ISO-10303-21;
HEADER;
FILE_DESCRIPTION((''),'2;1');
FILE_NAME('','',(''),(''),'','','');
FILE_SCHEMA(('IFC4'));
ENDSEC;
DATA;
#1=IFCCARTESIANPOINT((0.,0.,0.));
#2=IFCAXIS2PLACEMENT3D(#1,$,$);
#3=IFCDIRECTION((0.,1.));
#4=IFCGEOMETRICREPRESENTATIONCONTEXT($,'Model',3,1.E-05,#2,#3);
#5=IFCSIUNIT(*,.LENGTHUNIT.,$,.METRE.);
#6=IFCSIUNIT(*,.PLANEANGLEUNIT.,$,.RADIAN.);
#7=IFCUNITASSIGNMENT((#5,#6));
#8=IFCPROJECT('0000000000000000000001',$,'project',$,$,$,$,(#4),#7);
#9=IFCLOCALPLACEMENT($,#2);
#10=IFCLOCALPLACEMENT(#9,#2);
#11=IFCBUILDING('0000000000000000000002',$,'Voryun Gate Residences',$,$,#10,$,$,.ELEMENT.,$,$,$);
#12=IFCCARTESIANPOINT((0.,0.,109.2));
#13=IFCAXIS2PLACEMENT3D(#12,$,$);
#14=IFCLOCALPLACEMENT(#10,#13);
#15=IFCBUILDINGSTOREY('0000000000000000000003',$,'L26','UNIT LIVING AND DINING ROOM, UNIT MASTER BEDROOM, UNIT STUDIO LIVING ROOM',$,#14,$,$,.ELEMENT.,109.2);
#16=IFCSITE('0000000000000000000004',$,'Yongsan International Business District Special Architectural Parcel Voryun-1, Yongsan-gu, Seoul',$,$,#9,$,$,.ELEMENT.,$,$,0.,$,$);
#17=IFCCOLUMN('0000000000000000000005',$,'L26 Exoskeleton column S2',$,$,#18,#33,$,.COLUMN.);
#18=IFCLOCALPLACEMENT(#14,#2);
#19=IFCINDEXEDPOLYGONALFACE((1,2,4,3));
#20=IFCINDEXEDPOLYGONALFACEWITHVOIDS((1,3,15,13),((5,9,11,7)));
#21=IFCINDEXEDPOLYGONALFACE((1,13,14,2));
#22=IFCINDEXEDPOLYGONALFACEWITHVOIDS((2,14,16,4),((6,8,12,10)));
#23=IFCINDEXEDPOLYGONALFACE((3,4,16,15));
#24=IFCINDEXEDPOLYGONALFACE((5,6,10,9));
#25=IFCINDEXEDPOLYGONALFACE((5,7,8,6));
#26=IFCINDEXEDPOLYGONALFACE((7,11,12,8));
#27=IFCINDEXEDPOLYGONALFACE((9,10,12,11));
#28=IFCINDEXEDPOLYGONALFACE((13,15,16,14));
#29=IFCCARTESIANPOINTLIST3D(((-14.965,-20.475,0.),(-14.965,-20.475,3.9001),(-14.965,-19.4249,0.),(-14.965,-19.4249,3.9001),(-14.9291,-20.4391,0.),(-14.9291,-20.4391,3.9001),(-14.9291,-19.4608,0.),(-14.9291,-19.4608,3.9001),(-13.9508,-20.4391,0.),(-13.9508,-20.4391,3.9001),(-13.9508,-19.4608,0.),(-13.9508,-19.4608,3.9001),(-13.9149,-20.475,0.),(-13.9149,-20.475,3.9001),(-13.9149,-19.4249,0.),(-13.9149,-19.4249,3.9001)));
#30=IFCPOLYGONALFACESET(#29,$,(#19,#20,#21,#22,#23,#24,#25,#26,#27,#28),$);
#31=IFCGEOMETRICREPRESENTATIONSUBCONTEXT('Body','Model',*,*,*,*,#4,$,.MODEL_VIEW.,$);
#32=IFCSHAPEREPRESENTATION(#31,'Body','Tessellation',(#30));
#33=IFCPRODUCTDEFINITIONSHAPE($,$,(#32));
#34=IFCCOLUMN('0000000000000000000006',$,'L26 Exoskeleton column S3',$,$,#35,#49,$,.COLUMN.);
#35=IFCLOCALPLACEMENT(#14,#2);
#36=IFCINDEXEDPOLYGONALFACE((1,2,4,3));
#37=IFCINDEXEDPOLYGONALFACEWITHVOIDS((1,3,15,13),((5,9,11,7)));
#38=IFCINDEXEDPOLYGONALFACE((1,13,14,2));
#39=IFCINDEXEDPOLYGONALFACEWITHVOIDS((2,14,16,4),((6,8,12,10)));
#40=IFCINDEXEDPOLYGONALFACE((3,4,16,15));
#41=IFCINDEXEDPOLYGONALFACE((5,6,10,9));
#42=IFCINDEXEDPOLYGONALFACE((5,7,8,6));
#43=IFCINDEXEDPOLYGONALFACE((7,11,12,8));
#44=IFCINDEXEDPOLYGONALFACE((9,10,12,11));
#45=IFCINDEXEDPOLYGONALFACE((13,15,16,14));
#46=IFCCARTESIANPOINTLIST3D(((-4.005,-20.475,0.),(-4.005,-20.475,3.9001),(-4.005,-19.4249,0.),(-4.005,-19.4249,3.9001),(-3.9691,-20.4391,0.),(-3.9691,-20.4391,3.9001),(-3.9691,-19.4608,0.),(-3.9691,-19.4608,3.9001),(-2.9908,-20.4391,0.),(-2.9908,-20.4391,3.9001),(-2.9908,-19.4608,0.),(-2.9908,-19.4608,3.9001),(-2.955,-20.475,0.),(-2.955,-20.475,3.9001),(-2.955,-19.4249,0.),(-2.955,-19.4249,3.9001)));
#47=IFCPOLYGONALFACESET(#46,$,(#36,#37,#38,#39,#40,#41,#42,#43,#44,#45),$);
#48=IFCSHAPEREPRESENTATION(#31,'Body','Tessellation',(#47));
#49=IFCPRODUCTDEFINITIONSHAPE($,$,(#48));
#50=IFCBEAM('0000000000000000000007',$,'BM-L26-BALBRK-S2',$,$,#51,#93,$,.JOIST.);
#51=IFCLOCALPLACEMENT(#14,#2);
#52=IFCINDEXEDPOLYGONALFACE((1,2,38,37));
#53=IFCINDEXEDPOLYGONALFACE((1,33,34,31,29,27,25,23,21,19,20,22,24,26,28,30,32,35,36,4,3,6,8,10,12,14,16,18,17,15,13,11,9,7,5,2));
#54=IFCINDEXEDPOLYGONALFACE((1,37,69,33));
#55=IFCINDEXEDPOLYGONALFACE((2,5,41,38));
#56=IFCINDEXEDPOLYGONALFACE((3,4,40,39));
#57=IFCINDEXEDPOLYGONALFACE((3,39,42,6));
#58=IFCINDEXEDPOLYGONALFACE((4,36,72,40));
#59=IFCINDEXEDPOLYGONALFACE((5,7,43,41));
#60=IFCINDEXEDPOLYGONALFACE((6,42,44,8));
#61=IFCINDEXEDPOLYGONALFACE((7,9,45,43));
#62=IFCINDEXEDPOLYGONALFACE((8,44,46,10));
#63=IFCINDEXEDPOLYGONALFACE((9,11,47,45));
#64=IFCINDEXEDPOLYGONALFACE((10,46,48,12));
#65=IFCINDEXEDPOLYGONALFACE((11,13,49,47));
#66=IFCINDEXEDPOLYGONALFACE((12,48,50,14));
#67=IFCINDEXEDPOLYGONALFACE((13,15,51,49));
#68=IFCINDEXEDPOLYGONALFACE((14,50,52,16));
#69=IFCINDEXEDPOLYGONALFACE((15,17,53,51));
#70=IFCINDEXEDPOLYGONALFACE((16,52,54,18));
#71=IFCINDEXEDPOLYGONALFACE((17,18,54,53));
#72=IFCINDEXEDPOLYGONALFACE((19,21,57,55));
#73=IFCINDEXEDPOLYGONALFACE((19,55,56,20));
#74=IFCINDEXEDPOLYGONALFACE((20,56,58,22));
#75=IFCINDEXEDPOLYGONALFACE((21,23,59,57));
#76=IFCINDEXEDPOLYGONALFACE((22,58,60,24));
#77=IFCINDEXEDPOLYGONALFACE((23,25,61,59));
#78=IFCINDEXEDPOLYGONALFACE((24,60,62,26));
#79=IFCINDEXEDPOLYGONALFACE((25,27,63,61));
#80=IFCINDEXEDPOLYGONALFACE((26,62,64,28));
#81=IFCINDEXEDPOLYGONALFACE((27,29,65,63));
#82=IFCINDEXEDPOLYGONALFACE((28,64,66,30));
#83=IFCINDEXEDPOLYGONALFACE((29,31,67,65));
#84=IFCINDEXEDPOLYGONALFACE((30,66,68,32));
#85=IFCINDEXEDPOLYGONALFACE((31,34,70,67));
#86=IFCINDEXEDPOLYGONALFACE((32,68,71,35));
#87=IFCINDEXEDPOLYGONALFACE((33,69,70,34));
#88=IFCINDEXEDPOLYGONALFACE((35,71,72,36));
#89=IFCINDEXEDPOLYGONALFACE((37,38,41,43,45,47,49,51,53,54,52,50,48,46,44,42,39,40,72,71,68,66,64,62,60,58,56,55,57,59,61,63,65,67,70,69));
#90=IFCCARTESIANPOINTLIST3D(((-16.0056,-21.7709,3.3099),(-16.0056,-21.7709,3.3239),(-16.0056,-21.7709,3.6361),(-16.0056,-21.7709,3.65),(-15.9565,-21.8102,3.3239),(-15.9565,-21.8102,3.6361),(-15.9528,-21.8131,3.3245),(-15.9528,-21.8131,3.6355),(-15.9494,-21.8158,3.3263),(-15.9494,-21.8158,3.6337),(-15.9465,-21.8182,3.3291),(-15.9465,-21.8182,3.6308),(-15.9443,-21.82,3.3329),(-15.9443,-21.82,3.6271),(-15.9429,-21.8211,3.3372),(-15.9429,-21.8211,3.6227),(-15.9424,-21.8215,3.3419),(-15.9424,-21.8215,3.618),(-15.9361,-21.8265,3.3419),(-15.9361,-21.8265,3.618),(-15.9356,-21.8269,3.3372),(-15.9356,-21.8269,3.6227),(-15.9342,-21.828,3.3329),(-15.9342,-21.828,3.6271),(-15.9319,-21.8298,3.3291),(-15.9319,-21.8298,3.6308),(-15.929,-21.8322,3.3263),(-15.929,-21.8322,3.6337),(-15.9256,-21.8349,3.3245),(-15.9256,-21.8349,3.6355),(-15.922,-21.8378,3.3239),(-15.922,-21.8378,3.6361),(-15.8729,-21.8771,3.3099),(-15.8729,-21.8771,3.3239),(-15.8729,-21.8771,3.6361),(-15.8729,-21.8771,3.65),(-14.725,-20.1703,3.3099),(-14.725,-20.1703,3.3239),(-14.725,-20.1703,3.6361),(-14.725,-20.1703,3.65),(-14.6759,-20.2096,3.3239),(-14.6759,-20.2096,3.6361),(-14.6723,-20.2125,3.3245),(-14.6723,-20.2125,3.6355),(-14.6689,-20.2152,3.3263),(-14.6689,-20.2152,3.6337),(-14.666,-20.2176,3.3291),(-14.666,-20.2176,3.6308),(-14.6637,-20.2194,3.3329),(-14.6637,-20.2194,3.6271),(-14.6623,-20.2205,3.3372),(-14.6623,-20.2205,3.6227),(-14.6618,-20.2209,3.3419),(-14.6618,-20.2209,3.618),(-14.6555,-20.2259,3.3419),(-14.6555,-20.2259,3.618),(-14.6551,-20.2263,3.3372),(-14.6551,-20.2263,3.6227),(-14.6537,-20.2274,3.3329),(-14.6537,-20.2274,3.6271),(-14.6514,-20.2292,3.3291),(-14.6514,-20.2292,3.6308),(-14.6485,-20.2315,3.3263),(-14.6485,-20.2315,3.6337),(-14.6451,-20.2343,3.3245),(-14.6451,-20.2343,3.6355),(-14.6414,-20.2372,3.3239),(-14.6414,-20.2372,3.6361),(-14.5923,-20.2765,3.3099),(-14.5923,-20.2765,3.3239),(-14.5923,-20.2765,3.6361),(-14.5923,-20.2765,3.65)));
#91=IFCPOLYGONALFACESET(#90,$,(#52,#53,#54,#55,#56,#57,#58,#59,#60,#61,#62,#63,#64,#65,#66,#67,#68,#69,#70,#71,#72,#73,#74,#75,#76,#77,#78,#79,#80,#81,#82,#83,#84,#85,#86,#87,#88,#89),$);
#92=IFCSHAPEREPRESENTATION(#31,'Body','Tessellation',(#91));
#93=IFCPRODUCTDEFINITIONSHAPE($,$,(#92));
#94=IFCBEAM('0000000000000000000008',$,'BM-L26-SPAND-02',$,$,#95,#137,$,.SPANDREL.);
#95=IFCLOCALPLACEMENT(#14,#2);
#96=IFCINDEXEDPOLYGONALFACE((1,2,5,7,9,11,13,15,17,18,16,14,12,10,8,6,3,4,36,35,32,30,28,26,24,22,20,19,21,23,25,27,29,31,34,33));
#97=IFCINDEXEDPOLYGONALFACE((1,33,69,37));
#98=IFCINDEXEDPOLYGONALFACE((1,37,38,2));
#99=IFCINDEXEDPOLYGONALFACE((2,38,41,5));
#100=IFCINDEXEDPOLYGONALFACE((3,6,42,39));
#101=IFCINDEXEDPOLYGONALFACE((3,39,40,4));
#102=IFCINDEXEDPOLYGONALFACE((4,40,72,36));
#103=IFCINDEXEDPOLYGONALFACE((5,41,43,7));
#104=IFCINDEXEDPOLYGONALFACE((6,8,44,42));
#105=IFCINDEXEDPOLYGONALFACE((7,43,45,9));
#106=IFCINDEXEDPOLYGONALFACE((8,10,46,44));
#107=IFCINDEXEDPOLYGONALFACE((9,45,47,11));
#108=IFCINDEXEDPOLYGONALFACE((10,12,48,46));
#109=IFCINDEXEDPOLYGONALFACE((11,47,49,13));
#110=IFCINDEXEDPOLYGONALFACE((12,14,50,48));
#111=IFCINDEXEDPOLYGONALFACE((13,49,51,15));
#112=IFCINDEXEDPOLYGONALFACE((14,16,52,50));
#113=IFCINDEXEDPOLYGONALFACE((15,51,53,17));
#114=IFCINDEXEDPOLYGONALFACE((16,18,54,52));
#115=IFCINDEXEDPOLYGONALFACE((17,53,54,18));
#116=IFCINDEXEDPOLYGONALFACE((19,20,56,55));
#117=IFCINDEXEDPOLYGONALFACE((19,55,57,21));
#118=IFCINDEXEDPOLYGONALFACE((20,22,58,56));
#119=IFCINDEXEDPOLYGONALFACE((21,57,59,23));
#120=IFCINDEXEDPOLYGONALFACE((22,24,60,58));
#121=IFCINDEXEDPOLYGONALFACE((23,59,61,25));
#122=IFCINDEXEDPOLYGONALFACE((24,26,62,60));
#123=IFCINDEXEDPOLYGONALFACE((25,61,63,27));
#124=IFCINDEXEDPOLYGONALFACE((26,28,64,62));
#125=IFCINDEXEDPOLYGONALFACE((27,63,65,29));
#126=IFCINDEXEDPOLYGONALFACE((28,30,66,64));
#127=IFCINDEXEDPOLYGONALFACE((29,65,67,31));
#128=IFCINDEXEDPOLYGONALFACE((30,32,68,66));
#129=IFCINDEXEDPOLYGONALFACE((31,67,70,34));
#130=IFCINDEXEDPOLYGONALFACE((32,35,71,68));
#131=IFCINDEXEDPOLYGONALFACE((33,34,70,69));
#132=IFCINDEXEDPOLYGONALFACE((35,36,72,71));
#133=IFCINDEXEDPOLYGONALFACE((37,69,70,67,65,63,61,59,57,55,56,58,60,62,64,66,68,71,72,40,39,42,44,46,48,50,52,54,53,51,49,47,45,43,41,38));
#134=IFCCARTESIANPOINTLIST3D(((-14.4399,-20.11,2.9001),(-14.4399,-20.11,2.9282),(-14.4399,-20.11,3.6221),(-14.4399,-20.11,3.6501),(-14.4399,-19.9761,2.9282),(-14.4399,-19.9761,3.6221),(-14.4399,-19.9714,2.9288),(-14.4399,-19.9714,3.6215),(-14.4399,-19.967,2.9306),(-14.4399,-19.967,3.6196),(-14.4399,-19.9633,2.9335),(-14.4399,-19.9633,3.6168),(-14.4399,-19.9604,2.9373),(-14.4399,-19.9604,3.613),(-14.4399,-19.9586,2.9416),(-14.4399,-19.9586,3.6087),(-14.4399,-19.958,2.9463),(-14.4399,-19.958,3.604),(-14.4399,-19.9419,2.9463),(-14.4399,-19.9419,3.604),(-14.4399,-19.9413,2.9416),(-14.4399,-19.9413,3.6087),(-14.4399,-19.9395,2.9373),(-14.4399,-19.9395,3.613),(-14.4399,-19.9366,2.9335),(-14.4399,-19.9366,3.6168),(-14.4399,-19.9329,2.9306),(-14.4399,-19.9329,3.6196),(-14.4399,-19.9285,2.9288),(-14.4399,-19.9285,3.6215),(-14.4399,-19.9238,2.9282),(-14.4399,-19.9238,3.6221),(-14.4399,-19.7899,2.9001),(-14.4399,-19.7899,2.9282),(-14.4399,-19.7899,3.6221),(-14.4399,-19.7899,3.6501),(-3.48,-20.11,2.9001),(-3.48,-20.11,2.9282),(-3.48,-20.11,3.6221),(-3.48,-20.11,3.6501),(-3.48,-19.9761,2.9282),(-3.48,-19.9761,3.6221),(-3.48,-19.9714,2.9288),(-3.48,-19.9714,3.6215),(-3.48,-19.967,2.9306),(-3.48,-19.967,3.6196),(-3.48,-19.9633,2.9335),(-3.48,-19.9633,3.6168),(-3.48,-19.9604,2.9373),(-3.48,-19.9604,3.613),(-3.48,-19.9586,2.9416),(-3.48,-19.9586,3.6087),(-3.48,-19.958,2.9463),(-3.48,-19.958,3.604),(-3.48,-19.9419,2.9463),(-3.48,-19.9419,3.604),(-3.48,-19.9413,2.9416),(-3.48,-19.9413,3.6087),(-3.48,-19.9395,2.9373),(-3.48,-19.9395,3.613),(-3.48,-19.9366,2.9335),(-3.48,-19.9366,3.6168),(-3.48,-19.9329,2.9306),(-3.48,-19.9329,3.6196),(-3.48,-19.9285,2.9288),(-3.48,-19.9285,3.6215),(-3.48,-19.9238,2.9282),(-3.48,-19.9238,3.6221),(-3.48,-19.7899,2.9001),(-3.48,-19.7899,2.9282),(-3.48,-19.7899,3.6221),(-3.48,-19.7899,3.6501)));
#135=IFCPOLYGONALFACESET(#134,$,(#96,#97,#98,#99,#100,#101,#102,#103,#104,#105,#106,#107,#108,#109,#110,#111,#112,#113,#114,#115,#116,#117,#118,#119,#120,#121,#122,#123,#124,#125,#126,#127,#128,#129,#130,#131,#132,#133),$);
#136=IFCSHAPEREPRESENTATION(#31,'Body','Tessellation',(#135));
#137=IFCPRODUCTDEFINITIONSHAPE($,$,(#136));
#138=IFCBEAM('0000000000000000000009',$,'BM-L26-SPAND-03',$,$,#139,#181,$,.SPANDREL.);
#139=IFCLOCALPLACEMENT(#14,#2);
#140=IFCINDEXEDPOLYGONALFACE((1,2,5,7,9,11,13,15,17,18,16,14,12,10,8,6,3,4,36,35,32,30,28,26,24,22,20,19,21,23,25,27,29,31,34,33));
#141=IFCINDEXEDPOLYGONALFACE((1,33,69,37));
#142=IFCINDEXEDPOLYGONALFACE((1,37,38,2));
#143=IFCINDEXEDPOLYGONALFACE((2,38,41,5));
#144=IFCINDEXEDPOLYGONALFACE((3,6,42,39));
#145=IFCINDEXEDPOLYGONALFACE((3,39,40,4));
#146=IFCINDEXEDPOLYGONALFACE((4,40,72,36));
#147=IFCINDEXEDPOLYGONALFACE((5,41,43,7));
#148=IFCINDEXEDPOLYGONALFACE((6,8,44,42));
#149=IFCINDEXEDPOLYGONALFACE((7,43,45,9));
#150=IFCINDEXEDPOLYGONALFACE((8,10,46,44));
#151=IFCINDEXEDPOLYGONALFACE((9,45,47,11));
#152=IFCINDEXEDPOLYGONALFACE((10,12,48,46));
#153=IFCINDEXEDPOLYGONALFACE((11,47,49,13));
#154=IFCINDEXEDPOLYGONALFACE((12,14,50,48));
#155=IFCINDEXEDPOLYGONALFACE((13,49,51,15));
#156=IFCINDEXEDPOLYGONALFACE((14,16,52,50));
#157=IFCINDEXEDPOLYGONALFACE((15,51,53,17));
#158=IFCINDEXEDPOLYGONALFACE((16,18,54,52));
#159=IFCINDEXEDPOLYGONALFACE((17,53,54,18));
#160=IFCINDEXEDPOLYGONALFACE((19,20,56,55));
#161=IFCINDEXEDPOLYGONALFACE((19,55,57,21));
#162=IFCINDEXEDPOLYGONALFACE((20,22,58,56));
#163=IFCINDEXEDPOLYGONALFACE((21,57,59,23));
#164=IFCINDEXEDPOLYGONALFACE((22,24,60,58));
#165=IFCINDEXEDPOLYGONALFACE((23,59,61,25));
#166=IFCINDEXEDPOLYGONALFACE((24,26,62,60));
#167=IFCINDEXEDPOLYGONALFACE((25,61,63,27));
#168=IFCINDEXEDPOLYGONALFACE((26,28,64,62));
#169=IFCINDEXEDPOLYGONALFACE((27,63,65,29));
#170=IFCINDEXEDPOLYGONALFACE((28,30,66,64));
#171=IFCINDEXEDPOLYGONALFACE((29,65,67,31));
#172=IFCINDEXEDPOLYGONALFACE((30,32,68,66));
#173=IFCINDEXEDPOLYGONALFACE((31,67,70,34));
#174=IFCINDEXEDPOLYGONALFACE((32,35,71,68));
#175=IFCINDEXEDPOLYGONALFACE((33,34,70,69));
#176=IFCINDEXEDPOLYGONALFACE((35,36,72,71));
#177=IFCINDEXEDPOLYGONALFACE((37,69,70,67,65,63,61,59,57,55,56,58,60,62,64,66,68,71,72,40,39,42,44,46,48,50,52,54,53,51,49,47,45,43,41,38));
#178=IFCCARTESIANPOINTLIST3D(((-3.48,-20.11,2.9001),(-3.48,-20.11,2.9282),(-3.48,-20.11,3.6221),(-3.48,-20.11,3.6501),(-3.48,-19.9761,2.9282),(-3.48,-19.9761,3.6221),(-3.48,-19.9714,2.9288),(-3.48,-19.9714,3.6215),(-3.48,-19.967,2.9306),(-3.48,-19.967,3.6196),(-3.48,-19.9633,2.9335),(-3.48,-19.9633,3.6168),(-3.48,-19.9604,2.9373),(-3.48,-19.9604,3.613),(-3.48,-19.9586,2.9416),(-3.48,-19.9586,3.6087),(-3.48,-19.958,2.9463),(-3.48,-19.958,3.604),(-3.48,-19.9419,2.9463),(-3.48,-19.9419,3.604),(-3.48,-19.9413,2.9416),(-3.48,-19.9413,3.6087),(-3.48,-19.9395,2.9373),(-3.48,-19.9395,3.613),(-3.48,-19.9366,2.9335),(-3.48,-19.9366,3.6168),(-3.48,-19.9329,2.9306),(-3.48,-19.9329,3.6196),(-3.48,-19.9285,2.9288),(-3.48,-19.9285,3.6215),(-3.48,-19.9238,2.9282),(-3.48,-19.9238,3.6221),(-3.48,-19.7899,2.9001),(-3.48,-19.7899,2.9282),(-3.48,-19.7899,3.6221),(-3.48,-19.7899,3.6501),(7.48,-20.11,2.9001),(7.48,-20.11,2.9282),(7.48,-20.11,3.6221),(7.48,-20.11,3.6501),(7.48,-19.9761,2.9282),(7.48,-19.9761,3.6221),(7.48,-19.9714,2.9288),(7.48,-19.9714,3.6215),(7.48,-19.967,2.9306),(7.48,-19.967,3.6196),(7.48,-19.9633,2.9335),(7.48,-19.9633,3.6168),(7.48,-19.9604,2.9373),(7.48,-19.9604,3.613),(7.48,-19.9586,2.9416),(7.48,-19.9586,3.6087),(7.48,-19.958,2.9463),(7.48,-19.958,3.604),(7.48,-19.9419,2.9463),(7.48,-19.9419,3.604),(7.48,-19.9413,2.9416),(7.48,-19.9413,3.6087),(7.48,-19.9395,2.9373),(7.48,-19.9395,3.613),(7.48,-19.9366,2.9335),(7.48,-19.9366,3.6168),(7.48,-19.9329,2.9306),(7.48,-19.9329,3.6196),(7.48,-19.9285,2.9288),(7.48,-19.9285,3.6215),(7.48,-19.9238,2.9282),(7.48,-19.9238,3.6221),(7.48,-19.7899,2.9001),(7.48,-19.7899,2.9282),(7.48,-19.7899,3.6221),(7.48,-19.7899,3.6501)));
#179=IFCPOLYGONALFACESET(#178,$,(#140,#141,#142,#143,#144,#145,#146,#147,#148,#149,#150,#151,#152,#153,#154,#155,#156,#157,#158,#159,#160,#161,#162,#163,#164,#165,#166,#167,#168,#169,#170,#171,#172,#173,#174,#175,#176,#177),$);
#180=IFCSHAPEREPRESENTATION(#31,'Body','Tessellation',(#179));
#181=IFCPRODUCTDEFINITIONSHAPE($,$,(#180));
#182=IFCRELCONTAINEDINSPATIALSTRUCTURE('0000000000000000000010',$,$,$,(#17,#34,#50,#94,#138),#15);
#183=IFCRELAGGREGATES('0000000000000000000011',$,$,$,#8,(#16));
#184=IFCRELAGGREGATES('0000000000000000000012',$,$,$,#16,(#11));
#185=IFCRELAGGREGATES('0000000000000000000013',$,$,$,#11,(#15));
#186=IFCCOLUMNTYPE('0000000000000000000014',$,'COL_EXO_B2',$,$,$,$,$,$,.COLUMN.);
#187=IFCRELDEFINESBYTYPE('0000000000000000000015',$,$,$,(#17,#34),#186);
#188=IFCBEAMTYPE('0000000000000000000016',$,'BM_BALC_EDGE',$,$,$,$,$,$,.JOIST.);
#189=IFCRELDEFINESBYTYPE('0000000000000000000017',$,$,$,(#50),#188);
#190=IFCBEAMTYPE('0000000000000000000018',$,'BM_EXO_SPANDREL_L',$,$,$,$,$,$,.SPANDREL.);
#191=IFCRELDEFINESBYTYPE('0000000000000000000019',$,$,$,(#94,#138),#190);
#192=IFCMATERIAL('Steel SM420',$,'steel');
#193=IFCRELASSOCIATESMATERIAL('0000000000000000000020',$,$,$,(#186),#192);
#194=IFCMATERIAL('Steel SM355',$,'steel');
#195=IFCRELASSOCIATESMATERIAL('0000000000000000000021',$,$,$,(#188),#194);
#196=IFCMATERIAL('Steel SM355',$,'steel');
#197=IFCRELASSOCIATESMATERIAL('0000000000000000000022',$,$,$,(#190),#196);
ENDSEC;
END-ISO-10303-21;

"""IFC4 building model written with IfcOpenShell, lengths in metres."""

from ifc_helpers import new_model, si_unit, direction, frame, origin, origin_2d, place, context, subcontext, project, spatial, hollow_rectangle, i_section, extrude, material, material_profile, profile_set, type_object, element, save


model = new_model("IFC4")

# Units and contexts
model_context = context("Model", 3, precision=1e-05, world=origin(), true_north=direction((0.0, 1.0)))
body_context = subcontext(model_context, "Body", "Model", "MODEL_VIEW")
ifc_project = project(units=[si_unit("LENGTHUNIT", "METRE"), si_unit("PLANEANGLEUNIT", "RADIAN")], contexts=[model_context])

# Site, building, storey
site_placement = place(None, origin())
site = spatial("IfcSite", under=ifc_project, at=site_placement, Name="Yongsan International Business District Special Architectural Parcel Voryun-1, Yongsan-gu, Seoul", CompositionType="ELEMENT", RefElevation=0.0)
building_placement = place(site_placement, origin())
building = spatial("IfcBuilding", under=site, at=building_placement, Name="Voryun Gate Residences", CompositionType="ELEMENT")
storey_placement = place(building_placement, frame((0.0, 0.0, 109.2)))
storey = spatial("IfcBuildingStorey", under=building, at=storey_placement, Name="L26", Description="UNIT LIVING AND DINING ROOM, UNIT MASTER BEDROOM, UNIT STUDIO LIVING ROOM", CompositionType="ELEMENT", Elevation=109.2)

# Columns
ifc_material_1 = material(Name="Steel SM420", Category="steel")
ifc_material_profile_1 = material_profile(ifc_material_1, hollow_rectangle(XDim=1.05, YDim=1.05, WallThickness=0.0359, at=origin_2d()), Name="BOX-1050x1050x36")
ifc_profile_set_1 = profile_set([ifc_material_profile_1], Name="Steel SM420")
column_type = type_object("IfcColumnType", Name="COL_EXO_B2", PredefinedType="COLUMN", material=ifc_profile_set_1)
for number, where, z_axis, x_axis, name in (
    (1, (-14.4399, -19.95, 0.0), (0.0, 0.0, 1.0), (1.0, 0.0, 0.0), "L26 Exoskeleton column S2"),
    (2, (-3.48, -19.95, 0.0), (0.0, 0.0, 1.0), (1.0, 0.0, 0.0), "L26 Exoskeleton column S3"),
):
    element("IfcColumn", number, at=place(storey_placement, frame(where, z_axis=z_axis, x_axis=x_axis)), inside=storey, type_object=column_type, Name=name, PredefinedType="COLUMN", context=body_context, shape_type="SweptSolid", body=[
        extrude(hollow_rectangle(XDim=1.05, YDim=1.05, WallThickness=0.0359, at=origin_2d()), origin(), (0.0, 0.0, 1.0), 3.9001),
    ])

# Beams
ifc_material_2 = material(Name="Steel SM355", Category="steel")
ifc_material_profile_2 = material_profile(ifc_material_2, i_section(OverallWidth=0.1699, OverallDepth=0.3401, WebThickness=0.0081, FlangeThickness=0.0139, FilletRadius=0.0181, at=origin_2d()), Name="H-340x170x8x14")
ifc_profile_set_2 = profile_set([ifc_material_profile_2], Name="Steel SM355")
beam_type_1 = type_object("IfcBeamType", Name="BM_BALC_EDGE", PredefinedType="JOIST", material=ifc_profile_set_2)
beam_placement = place(storey_placement, frame((-14.6587, -20.2234, 3.48), z_axis=(-0.62471, -0.780857, 0.0), x_axis=(0.780857, -0.62471, 0.0)))
element("IfcBeam", 3, at=beam_placement, inside=storey, type_object=beam_type_1, Name="BM-L26-BALBRK-S2", PredefinedType="JOIST", context=body_context, shape_type="SweptSolid", body=[
    extrude(i_section(OverallWidth=0.1699, OverallDepth=0.3401, WebThickness=0.0081, FlangeThickness=0.0139, FilletRadius=0.0181, at=origin_2d()), origin(), (0.0, 0.0, 1.0), 2.0498),
])
ifc_material_3 = material(Name="Steel SM355", Category="steel")
ifc_material_profile_3 = material_profile(ifc_material_3, i_section(OverallWidth=0.3201, OverallDepth=0.75, WebThickness=0.0161, FlangeThickness=0.0281, FilletRadius=0.0181, at=origin_2d()), Name="H-750x320x16x28")
ifc_profile_set_3 = profile_set([ifc_material_profile_3], Name="Steel SM355")
beam_type_2 = type_object("IfcBeamType", Name="BM_EXO_SPANDREL_L", PredefinedType="SPANDREL", material=ifc_profile_set_3)
for number, where, z_axis, x_axis, name in (
    (4, (-14.4399, -19.95, 3.2751), (1.0, 0.0, 0.0), (0.0, 1.0, 0.0), "BM-L26-SPAND-02"),
    (5, (-3.48, -19.95, 3.2751), (1.0, 0.0, 0.0), (0.0, 1.0, 0.0), "BM-L26-SPAND-03"),
):
    element("IfcBeam", number, at=place(storey_placement, frame(where, z_axis=z_axis, x_axis=x_axis)), inside=storey, type_object=beam_type_2, Name=name, PredefinedType="SPANDREL", context=body_context, shape_type="SweptSolid", body=[
        extrude(i_section(OverallWidth=0.3201, OverallDepth=0.75, WebThickness=0.0161, FlangeThickness=0.0281, FilletRadius=0.0181, at=origin_2d()), origin(), (0.0, 0.0, 1.0), 10.96),
    ])

save(model, "model.ifc")
